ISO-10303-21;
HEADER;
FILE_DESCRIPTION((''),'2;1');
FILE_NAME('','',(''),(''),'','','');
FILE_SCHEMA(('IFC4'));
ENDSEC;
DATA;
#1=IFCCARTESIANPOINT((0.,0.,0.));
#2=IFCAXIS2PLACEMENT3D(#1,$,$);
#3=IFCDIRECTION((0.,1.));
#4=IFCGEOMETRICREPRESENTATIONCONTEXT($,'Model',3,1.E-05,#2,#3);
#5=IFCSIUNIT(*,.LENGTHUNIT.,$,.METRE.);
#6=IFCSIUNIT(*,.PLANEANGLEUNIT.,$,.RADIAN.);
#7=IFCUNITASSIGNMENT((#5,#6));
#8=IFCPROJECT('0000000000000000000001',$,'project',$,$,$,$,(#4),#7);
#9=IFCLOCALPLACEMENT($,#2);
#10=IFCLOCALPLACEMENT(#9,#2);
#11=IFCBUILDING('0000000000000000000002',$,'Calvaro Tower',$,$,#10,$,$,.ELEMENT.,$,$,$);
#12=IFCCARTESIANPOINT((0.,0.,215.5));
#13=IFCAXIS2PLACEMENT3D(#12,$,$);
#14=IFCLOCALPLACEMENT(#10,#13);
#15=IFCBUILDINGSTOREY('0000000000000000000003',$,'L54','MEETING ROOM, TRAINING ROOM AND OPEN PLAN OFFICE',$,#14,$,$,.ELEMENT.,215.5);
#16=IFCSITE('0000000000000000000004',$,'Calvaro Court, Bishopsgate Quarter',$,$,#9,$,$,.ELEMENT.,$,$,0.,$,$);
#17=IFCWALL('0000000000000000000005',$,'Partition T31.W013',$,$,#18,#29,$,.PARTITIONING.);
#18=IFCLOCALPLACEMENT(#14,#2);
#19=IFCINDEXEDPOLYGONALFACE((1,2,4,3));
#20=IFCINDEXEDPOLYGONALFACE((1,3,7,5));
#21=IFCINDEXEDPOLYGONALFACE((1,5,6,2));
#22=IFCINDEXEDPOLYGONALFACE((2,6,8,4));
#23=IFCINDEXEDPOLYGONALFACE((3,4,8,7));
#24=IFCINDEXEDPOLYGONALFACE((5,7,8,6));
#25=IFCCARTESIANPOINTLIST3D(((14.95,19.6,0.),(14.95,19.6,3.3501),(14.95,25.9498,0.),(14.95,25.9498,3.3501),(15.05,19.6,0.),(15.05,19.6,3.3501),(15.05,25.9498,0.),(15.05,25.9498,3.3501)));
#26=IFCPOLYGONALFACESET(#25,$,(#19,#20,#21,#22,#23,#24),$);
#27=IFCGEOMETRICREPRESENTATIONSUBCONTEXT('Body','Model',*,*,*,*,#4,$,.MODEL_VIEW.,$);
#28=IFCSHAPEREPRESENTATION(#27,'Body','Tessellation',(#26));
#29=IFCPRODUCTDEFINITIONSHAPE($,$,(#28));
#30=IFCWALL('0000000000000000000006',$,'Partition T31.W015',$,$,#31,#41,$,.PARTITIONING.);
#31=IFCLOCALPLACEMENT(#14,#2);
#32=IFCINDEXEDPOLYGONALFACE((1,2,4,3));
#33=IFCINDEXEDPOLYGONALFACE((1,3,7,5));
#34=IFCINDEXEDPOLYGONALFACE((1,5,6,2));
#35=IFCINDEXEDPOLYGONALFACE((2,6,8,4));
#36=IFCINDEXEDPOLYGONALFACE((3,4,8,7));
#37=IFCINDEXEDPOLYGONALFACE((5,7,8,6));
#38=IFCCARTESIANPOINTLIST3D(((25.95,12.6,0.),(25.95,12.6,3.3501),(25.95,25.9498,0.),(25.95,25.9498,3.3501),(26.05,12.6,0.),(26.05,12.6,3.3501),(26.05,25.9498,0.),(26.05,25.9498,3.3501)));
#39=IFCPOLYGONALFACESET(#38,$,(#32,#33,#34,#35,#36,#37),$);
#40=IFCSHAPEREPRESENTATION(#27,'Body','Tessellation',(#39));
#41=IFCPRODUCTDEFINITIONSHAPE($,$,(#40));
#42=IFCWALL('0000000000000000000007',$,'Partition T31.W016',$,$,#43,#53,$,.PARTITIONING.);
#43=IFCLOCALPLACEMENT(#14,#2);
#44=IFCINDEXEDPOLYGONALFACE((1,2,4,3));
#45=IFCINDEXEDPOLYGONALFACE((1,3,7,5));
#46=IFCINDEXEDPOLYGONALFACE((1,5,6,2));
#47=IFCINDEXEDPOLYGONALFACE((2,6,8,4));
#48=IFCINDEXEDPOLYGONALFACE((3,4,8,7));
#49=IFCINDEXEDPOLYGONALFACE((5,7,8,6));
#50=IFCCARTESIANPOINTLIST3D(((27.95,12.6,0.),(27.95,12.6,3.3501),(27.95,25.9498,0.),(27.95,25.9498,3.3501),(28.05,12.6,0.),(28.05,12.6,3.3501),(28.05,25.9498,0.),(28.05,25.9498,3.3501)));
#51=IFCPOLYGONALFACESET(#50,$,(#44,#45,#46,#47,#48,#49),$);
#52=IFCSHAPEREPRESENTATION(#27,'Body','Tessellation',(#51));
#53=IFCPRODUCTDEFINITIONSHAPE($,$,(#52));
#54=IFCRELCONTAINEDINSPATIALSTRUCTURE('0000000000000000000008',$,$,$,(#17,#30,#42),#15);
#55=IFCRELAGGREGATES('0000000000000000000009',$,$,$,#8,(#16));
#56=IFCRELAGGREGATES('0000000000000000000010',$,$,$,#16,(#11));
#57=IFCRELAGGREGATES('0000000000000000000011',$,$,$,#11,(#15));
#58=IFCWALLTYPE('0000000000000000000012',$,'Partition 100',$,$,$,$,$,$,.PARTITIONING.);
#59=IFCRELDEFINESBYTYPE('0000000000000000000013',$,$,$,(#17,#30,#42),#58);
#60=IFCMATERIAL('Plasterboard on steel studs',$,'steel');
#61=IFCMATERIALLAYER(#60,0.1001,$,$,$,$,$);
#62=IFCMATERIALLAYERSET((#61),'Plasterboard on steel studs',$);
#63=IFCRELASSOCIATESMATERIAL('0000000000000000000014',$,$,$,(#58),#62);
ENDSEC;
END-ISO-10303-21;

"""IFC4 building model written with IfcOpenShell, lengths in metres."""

from ifc_helpers import new_model, si_unit, direction, frame, frame_2d, origin, place, context, subcontext, project, spatial, rectangle, extrude, material, layer, layer_set, type_object, element, save


model = new_model("IFC4")

# Units and contexts
model_context = context("Model", 3, precision=1e-05, world=origin(), true_north=direction((0.0, 1.0)))
body_context = subcontext(model_context, "Body", "Model", "MODEL_VIEW")
ifc_project = project(units=[si_unit("LENGTHUNIT", "METRE"), si_unit("PLANEANGLEUNIT", "RADIAN")], contexts=[model_context])

# Site, building, storey
site_placement = place(None, origin())
site = spatial("IfcSite", under=ifc_project, at=site_placement, Name="Calvaro Court, Bishopsgate Quarter", CompositionType="ELEMENT", RefElevation=0.0)
building_placement = place(site_placement, origin())
building = spatial("IfcBuilding", under=site, at=building_placement, Name="Calvaro Tower", CompositionType="ELEMENT")
storey_placement = place(building_placement, frame((0.0, 0.0, 215.5)))
storey = spatial("IfcBuildingStorey", under=building, at=storey_placement, Name="L54", Description="MEETING ROOM, TRAINING ROOM AND OPEN PLAN OFFICE", CompositionType="ELEMENT", Elevation=215.5)

# Shared definitions
ifc_material_1 = material(Name="Plasterboard on steel studs", Category="steel")
ifc_layer_1 = layer(ifc_material_1, 0.1001)
ifc_layer_set_1 = layer_set([ifc_layer_1], Name="Plasterboard on steel studs")
wall_type_1 = type_object("IfcWallType", Name="Partition 100", PredefinedType="PARTITIONING", material=ifc_layer_set_1)

# Walls
wall_1_placement = place(storey_placement, frame((15.0, 19.6001, 0.0), z_axis=(0.0, 0.0, 1.0), x_axis=(0.0, 1.0, 0.0)))
element("IfcWall", 1, at=wall_1_placement, inside=storey, type_object=wall_type_1, Name="Partition T31.W013", PredefinedType="PARTITIONING", context=body_context, shape_type="SweptSolid", body=[
    extrude(rectangle(XDim=6.3499, YDim=0.1001, at=frame_2d((3.1748, 0.0))), origin(), (0.0, 0.0, 1.0), 3.3501),
])
for number, where, z_axis, x_axis, name in (
    (2, (26.0, 12.6001, 0.0), (0.0, 0.0, 1.0), (0.0, 1.0, 0.0), "Partition T31.W015"),
    (3, (28.0, 12.6001, 0.0), (0.0, 0.0, 1.0), (0.0, 1.0, 0.0), "Partition T31.W016"),
):
    element("IfcWall", number, at=place(storey_placement, frame(where, z_axis=z_axis, x_axis=x_axis)), inside=storey, type_object=wall_type_1, Name=name, PredefinedType="PARTITIONING", context=body_context, shape_type="SweptSolid", body=[
        extrude(rectangle(XDim=13.3499, YDim=0.1001, at=frame_2d((6.6748, 0.0))), origin(), (0.0, 0.0, 1.0), 3.3501),
    ])

save(model, "model.ifc")
